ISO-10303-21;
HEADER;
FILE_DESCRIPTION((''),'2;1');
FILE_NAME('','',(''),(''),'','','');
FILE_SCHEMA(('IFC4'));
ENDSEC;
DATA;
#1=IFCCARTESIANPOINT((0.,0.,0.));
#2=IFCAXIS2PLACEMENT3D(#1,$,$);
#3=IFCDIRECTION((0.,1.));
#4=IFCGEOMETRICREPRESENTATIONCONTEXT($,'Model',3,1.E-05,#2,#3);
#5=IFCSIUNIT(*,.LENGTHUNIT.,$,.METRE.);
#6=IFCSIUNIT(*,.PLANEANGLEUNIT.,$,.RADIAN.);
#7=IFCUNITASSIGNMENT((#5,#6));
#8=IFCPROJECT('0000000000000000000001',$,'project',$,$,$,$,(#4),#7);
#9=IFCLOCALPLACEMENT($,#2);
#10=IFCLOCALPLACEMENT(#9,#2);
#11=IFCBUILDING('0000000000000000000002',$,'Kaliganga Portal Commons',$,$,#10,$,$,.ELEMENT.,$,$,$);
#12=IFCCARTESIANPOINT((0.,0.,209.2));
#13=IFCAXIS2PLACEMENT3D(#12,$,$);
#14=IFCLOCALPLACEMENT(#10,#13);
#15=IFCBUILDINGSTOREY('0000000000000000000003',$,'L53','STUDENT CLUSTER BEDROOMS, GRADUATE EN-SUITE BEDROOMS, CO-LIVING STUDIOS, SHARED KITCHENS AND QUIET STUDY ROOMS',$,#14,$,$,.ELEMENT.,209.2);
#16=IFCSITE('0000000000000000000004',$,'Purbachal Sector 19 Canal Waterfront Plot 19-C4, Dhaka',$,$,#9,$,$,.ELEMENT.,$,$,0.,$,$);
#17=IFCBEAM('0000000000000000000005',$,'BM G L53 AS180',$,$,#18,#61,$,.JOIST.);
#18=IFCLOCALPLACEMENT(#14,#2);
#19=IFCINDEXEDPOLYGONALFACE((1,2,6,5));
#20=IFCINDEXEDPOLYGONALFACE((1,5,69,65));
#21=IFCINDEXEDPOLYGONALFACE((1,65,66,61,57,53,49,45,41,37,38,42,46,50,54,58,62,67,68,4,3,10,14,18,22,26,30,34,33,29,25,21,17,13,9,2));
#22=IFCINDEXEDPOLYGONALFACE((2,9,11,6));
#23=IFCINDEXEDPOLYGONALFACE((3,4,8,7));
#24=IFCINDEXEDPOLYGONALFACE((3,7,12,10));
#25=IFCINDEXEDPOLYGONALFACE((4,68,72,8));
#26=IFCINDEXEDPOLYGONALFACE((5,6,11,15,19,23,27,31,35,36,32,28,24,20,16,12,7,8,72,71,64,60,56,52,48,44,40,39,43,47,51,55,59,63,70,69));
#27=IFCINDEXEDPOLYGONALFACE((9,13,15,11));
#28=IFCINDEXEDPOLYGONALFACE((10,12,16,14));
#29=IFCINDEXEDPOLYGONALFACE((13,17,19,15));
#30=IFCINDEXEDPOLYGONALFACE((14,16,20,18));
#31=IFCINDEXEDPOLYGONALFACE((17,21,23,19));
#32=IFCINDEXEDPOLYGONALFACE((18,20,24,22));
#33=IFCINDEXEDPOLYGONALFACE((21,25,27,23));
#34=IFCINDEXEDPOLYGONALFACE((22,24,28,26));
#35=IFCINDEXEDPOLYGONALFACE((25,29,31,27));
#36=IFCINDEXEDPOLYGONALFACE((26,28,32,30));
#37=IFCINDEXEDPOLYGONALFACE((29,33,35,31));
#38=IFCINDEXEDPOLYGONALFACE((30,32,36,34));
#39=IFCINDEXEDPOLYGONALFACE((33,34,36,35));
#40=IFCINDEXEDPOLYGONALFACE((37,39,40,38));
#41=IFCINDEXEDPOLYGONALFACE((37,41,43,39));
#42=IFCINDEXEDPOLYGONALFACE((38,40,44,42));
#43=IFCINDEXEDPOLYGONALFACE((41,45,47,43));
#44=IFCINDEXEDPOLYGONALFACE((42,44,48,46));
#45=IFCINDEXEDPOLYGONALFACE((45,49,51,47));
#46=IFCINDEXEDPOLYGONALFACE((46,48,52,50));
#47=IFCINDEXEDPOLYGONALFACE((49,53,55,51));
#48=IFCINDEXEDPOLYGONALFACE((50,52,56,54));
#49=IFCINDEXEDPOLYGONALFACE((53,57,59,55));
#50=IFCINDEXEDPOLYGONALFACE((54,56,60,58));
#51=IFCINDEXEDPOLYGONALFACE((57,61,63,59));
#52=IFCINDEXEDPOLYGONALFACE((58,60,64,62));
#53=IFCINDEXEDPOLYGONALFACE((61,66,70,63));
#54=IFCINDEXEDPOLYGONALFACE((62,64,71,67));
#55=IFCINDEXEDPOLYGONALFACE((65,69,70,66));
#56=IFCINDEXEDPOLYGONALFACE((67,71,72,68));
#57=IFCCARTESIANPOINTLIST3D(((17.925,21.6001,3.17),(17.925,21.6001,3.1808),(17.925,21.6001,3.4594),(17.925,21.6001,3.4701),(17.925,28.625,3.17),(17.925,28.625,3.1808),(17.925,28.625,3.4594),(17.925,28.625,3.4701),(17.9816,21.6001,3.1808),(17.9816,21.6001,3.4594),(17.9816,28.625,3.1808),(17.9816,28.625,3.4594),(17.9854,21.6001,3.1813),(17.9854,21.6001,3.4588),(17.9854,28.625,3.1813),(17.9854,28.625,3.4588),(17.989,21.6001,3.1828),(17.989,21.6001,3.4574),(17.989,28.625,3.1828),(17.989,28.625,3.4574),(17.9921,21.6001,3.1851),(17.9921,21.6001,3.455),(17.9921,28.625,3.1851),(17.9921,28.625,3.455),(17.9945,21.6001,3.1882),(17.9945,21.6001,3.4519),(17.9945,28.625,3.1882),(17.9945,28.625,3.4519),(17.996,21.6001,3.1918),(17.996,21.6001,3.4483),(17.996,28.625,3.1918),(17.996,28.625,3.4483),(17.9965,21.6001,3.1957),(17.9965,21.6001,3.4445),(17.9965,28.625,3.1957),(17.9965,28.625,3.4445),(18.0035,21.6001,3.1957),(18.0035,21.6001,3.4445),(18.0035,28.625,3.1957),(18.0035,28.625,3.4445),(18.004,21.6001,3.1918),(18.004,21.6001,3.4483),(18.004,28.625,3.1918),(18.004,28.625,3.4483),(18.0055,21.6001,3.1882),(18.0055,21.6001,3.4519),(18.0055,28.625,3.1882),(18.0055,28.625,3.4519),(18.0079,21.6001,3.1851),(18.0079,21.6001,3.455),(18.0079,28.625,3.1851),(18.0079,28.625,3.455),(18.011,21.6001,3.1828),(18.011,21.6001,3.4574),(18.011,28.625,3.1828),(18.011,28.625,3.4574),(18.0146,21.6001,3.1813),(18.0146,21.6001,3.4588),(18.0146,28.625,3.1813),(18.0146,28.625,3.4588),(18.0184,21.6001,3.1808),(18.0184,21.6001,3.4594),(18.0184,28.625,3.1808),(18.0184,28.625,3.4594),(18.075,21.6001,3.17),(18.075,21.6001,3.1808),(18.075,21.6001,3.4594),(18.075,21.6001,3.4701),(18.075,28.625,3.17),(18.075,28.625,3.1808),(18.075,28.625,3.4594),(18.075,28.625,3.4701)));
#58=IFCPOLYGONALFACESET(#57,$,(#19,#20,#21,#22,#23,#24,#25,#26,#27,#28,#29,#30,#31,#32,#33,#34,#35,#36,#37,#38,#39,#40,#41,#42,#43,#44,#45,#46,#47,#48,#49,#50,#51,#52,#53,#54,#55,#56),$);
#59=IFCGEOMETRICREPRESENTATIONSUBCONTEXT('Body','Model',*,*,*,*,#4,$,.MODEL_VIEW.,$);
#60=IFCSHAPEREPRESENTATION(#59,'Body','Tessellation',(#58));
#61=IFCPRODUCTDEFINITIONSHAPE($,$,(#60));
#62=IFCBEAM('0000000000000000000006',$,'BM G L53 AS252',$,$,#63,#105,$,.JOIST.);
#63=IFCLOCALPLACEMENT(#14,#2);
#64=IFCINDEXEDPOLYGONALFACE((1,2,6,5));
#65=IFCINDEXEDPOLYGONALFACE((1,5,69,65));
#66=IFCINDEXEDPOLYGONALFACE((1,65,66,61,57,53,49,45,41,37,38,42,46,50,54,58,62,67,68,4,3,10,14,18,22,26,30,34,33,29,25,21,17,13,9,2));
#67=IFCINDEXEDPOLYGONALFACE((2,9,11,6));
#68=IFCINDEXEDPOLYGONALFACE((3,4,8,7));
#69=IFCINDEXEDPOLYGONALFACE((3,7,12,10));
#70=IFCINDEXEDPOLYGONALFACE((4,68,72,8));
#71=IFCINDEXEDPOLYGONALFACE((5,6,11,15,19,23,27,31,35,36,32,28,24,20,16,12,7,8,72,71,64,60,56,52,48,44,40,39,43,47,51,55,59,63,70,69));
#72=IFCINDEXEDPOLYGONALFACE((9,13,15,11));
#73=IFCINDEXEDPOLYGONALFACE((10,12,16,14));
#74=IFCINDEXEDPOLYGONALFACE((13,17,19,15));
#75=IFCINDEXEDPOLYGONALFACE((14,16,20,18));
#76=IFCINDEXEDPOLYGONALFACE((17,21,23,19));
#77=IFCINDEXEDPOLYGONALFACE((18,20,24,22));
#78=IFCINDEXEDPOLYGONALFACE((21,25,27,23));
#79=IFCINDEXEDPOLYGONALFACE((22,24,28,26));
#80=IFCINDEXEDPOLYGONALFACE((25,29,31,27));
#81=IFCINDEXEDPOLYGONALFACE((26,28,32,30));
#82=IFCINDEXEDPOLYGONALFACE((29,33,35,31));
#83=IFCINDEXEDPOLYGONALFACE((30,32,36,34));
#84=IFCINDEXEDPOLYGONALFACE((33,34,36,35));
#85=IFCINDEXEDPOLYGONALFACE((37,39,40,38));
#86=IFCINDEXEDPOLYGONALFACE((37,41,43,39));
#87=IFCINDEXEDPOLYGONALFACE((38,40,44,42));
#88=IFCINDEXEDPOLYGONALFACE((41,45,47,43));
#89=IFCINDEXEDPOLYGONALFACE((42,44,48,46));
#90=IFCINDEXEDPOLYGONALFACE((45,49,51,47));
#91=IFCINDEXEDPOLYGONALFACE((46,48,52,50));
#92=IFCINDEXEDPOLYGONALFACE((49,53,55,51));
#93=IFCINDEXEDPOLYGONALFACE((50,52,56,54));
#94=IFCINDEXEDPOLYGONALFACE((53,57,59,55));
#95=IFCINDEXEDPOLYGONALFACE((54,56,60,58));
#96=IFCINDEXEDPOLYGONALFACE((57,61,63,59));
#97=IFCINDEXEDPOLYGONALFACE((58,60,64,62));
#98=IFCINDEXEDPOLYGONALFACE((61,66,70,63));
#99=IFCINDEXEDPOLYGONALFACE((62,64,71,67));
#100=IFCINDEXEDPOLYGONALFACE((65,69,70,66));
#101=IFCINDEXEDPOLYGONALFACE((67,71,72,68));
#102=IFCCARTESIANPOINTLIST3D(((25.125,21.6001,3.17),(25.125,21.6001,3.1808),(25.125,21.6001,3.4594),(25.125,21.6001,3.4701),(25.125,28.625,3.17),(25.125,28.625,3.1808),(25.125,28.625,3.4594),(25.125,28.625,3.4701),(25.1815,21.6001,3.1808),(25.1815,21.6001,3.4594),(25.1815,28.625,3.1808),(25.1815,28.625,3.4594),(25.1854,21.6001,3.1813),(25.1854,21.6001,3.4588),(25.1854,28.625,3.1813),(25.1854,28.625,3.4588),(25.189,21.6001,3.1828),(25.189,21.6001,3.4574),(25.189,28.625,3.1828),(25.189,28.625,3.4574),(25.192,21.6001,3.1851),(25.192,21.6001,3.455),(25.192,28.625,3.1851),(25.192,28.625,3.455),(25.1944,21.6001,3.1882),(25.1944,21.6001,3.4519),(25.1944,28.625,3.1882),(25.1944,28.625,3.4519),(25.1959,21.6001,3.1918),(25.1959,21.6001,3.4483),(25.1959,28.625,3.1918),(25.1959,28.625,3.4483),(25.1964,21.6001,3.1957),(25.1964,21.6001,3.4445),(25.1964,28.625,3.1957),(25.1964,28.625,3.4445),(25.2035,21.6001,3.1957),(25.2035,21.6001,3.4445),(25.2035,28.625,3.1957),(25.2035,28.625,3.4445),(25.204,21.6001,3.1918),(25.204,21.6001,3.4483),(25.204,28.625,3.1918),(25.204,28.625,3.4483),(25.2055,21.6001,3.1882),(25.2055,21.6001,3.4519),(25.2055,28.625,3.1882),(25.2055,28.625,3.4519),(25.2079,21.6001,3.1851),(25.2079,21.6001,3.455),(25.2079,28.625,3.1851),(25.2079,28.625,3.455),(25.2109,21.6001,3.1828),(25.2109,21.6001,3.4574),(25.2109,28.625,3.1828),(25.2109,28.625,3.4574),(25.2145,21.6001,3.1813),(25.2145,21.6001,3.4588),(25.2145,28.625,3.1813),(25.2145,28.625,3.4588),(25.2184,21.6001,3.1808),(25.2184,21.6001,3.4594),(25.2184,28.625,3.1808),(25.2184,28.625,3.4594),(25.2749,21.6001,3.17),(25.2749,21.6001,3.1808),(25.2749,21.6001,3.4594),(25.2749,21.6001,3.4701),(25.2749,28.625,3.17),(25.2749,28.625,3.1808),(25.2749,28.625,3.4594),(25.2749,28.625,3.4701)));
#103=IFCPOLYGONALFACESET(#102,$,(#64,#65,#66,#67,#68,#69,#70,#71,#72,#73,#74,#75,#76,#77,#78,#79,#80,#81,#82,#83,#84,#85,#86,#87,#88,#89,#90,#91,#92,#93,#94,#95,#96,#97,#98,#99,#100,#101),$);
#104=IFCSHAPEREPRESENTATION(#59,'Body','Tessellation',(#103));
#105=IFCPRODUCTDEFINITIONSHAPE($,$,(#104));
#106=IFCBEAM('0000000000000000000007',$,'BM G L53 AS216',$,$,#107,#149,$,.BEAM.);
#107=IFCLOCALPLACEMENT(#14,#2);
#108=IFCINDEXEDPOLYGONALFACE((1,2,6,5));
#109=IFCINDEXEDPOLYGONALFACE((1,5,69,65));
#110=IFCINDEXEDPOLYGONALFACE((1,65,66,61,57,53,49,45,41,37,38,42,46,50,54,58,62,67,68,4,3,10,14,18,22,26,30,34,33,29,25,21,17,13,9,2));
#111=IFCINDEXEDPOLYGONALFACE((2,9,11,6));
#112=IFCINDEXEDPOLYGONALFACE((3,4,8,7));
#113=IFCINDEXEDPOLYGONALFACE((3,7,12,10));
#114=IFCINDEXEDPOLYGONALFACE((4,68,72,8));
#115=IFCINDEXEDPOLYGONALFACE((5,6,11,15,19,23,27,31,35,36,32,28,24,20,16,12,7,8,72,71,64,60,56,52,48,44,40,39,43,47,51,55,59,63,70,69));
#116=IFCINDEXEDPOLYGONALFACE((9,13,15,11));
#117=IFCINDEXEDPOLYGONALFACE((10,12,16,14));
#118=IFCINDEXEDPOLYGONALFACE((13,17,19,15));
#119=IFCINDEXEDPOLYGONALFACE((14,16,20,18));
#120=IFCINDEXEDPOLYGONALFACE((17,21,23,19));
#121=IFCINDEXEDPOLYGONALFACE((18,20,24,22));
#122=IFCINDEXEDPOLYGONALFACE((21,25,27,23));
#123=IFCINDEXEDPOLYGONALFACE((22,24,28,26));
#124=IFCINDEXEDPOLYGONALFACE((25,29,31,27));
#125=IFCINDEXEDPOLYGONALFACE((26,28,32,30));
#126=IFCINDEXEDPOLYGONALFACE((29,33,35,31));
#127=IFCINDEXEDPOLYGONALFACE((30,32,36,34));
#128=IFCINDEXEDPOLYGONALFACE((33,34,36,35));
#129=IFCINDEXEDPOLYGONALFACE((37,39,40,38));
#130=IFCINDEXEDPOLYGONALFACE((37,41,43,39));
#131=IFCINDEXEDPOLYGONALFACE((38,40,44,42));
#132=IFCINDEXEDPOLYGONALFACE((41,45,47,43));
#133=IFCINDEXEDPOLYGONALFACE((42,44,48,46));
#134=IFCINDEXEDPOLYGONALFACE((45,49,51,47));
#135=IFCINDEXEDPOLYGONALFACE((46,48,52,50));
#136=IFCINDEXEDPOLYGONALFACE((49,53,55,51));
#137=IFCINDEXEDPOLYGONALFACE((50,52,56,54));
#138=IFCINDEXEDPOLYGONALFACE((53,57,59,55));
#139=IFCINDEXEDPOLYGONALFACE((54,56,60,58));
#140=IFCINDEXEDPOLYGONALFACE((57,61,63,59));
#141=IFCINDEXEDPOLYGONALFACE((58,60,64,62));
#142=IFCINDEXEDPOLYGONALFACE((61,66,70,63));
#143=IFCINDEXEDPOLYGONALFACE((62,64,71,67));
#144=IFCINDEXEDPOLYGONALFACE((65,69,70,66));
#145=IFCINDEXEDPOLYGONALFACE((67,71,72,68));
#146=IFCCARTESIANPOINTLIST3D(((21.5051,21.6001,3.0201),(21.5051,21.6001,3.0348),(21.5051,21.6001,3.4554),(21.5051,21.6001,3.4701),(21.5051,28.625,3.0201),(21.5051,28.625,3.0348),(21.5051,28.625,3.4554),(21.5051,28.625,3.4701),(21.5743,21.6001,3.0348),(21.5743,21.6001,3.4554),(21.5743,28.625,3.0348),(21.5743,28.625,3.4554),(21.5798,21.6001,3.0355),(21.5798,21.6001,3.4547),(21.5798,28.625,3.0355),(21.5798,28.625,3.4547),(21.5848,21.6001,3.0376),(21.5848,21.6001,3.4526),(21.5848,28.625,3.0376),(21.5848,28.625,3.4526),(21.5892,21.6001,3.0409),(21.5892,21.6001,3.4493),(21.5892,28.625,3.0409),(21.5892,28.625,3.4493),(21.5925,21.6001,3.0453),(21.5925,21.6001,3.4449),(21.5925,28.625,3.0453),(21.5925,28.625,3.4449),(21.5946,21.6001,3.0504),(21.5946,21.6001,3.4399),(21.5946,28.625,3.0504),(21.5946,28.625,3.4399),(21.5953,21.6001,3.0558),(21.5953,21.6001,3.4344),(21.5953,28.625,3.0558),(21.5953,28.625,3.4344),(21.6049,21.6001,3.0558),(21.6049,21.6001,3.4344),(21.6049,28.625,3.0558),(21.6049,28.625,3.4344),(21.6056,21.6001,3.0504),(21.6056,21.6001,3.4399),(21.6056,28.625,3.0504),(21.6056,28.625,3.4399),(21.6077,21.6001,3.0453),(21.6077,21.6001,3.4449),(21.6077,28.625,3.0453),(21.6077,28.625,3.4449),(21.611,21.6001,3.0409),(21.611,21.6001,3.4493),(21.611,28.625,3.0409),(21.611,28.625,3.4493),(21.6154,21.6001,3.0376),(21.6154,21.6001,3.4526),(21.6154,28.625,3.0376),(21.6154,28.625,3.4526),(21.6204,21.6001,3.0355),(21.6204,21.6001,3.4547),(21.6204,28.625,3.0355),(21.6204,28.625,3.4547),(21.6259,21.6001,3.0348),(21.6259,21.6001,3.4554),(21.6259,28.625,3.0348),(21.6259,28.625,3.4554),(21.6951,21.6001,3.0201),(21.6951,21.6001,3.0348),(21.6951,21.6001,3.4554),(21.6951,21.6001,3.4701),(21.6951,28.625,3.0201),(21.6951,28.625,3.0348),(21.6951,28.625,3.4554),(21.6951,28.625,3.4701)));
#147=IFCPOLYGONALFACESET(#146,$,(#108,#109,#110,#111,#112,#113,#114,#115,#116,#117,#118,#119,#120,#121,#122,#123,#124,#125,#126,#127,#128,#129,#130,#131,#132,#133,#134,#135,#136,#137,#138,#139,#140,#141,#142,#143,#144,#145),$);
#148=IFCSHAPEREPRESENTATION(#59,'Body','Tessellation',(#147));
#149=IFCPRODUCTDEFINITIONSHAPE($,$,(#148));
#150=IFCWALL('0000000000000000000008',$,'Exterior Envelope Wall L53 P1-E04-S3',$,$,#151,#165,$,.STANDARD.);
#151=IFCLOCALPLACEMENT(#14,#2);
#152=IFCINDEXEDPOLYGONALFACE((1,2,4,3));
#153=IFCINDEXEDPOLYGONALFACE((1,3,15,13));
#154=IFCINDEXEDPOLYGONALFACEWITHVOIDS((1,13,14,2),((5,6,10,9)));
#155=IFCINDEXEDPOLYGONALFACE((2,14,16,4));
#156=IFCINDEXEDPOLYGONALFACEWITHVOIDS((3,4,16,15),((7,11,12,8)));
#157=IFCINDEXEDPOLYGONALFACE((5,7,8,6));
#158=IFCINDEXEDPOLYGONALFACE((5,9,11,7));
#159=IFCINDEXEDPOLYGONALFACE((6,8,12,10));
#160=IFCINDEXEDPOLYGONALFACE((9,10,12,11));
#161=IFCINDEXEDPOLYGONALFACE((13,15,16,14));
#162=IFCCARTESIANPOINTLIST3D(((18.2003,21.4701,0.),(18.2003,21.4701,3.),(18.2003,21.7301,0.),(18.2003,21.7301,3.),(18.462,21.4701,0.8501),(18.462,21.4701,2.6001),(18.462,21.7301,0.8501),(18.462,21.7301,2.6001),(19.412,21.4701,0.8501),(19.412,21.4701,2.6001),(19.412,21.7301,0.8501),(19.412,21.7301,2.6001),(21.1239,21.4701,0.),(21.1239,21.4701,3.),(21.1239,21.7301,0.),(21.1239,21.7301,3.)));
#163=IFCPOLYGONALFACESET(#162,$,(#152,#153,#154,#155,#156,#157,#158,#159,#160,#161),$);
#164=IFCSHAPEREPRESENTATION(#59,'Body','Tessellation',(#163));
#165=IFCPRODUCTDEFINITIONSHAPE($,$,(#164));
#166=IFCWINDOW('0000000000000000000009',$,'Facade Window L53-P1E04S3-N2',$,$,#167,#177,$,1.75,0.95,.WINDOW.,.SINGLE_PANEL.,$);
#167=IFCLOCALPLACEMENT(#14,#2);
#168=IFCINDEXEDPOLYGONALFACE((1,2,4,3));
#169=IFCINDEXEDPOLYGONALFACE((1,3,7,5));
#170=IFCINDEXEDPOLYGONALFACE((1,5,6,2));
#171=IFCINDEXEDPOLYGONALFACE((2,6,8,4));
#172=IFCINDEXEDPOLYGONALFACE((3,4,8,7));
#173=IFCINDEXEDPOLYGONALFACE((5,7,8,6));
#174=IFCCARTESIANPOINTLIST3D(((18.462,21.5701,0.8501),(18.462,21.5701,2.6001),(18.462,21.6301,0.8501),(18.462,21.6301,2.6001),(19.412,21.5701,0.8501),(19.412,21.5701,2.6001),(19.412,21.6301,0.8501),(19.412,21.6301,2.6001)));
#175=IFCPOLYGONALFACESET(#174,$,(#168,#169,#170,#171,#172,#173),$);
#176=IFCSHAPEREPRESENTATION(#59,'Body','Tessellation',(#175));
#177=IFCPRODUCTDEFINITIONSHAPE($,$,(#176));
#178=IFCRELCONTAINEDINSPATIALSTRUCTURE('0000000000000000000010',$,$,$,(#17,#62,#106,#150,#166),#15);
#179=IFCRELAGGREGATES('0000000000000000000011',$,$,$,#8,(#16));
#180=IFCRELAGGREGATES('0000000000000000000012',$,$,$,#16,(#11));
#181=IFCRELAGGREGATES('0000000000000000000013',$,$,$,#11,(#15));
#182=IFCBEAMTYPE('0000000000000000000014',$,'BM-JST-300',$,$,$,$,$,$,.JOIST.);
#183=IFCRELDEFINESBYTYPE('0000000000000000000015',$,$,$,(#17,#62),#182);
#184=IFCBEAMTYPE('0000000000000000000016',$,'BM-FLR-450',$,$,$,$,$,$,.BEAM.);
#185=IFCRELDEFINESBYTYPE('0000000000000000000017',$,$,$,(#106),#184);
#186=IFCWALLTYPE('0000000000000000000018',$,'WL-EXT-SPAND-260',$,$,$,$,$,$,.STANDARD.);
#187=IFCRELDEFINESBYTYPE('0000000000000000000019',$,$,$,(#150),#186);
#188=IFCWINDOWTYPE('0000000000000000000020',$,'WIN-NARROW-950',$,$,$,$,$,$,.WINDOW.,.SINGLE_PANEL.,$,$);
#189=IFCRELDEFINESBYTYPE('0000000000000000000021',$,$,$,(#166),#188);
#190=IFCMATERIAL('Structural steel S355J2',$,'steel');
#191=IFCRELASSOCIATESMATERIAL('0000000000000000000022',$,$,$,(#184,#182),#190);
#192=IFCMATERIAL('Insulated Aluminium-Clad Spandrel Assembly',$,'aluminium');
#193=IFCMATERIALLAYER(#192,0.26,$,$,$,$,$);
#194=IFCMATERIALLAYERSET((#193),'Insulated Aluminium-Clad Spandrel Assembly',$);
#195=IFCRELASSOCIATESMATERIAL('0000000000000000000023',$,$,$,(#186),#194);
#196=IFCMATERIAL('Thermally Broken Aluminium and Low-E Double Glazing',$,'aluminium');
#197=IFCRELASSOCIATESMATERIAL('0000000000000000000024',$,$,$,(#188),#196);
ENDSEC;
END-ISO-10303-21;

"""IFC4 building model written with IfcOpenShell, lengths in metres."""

from ifc_helpers import new_model, si_unit, direction, frame, frame_2d, origin, origin_2d, place, context, subcontext, project, spatial, rectangle, i_section, extrude, source, transform, mapped, material, layer, layer_set, material_profile, profile_set, type_object, element, fill, save


model = new_model("IFC4")

# Units and contexts
model_context = context("Model", 3, precision=1e-05, world=origin(), true_north=direction((0.0, 1.0)))
body_context = subcontext(model_context, "Body", "Model", "MODEL_VIEW")
ifc_project = project(units=[si_unit("LENGTHUNIT", "METRE"), si_unit("PLANEANGLEUNIT", "RADIAN")], contexts=[model_context])

# Site, building, storey
site_placement = place(None, origin())
site = spatial("IfcSite", under=ifc_project, at=site_placement, Name="Purbachal Sector 19 Canal Waterfront Plot 19-C4, Dhaka", CompositionType="ELEMENT", RefElevation=0.0)
building_placement = place(site_placement, origin())
building = spatial("IfcBuilding", under=site, at=building_placement, Name="Kaliganga Portal Commons", CompositionType="ELEMENT")
storey_placement = place(building_placement, frame((0.0, 0.0, 209.2)))
storey = spatial("IfcBuildingStorey", under=building, at=storey_placement, Name="L53", Description="STUDENT CLUSTER BEDROOMS, GRADUATE EN-SUITE BEDROOMS, CO-LIVING STUDIOS, SHARED KITCHENS AND QUIET STUDY ROOMS", CompositionType="ELEMENT", Elevation=209.2)

# Shared definitions
ifc_material_1 = material(Name="Structural steel S355J2", Category="steel")

# Beams
ifc_material_profile_1 = material_profile(ifc_material_1, i_section(OverallWidth=0.1899, OverallDepth=0.45, WebThickness=0.0095, FlangeThickness=0.0146, FilletRadius=0.021, at=origin_2d()), Name="IPE 450")
ifc_profile_set_1 = profile_set([ifc_material_profile_1], Name="Structural steel S355J2 wide-flange")
beam_type_1 = type_object("IfcBeamType", Name="BM-FLR-450", PredefinedType="BEAM", material=ifc_profile_set_1)
ifc_material_profile_2 = material_profile(ifc_material_1, i_section(OverallWidth=0.1499, OverallDepth=0.3, WebThickness=0.0071, FlangeThickness=0.0107, FilletRadius=0.0149, at=origin_2d()), Name="IPE 300")
ifc_profile_set_2 = profile_set([ifc_material_profile_2], Name="Structural steel S355J2 wide-flange")
beam_type_2 = type_object("IfcBeamType", Name="BM-JST-300", PredefinedType="JOIST", material=ifc_profile_set_2)
shared_shape_1 = source(origin(), body_context, "Body", "SweptSolid", [
    extrude(i_section(OverallWidth=0.1499, OverallDepth=0.3, WebThickness=0.0071, FlangeThickness=0.0107, FilletRadius=0.0149, at=origin_2d()), origin(), (0.0, 0.0, 1.0), 7.0249),
])
for number, where, z_axis, x_axis, name in (
    (1, (18.0, 21.6001, 3.3201), (0.0, 1.0, 0.0), (-1.0, 0.0, 0.0), "BM G L53 AS180"),
    (2, (25.2, 21.6001, 3.3201), (0.0, 1.0, 0.0), (-1.0, 0.0, 0.0), "BM G L53 AS252"),
):
    element("IfcBeam", number, at=place(storey_placement, frame(where, z_axis=z_axis, x_axis=x_axis)), inside=storey, type_object=beam_type_2, Name=name, PredefinedType="JOIST", context=body_context, shape_type="MappedRepresentation", body=[
        mapped(shared_shape_1, transform((0.0, 0.0, 0.0), x_axis=(1.0, 0.0, 0.0), y_axis=(0.0, 1.0, 0.0), z_axis=(0.0, 0.0, 1.0), scale=1.0)),
    ])
shared_shape_2 = source(origin(), body_context, "Body", "SweptSolid", [
    extrude(i_section(OverallWidth=0.1899, OverallDepth=0.45, WebThickness=0.0095, FlangeThickness=0.0146, FilletRadius=0.021, at=origin_2d()), origin(), (0.0, 0.0, 1.0), 7.0249),
])
beam_1_placement = place(storey_placement, frame((21.6001, 21.6001, 3.2451), z_axis=(0.0, 1.0, 0.0), x_axis=(-1.0, 0.0, 0.0)))
element("IfcBeam", 3, at=beam_1_placement, inside=storey, type_object=beam_type_1, Name="BM G L53 AS216", PredefinedType="BEAM", context=body_context, shape_type="MappedRepresentation", body=[
    mapped(shared_shape_2, transform((0.0, 0.0, 0.0), x_axis=(1.0, 0.0, 0.0), y_axis=(0.0, 1.0, 0.0), z_axis=(0.0, 0.0, 1.0), scale=1.0)),
])

# Wall, opening, window
ifc_material_2 = material(Name="Insulated Aluminium-Clad Spandrel Assembly", Category="aluminium")
ifc_layer_1 = layer(ifc_material_2, 0.26)
ifc_layer_set_1 = layer_set([ifc_layer_1], Name="Insulated Aluminium-Clad Spandrel Assembly")
wall_type_1 = type_object("IfcWallType", Name="WL-EXT-SPAND-260", PredefinedType="STANDARD", material=ifc_layer_set_1)
wall_1_placement = place(storey_placement, frame((21.124, 21.6001, 0.0), z_axis=(0.0, 0.0, 1.0), x_axis=(-1.0, 0.0, 0.0)))
wall_1 = element("IfcWall", 4, at=wall_1_placement, inside=storey, type_object=wall_type_1, Name="Exterior Envelope Wall L53 P1-E04-S3", PredefinedType="STANDARD", context=body_context, shape_type="SweptSolid", body=[
    extrude(rectangle(XDim=2.9236, YDim=0.26, at=frame_2d((1.4619, 0.0))), origin(), (0.0, 0.0, 1.0), 3.0),
])
opening_1_placement = place(wall_1_placement, frame((1.7119, 0.0, 0.8501)))
opening_1 = element("IfcOpeningElement", 5, at=opening_1_placement, cuts=wall_1, PredefinedType="OPENING", context=body_context, shape_type="SweptSolid", body=[
    extrude(rectangle(XDim=0.95, YDim=1.75, at=frame_2d((0.4751, 0.875))), frame((0.0, 0.1401, 0.0), z_axis=(0.0, -1.0, 0.0), x_axis=(1.0, 0.0, 0.0)), (0.0, 0.0, 1.0), 0.28),
])
ifc_material_3 = material(Name="Thermally Broken Aluminium and Low-E Double Glazing", Category="aluminium")
window_type_1 = type_object("IfcWindowType", Name="WIN-NARROW-950", PartitioningType="SINGLE_PANEL", PredefinedType="WINDOW", material=ifc_material_3)
window_1_placement = place(opening_1_placement, origin())
window_1 = element("IfcWindow", 6, at=window_1_placement, inside=storey, type_object=window_type_1, Name="Facade Window L53-P1E04S3-N2", OverallHeight=1.75, OverallWidth=0.95, PartitioningType="SINGLE_PANEL", PredefinedType="WINDOW", context=body_context, shape_type="SweptSolid", body=[
    extrude(rectangle(XDim=0.95, YDim=1.75, at=frame_2d((0.4751, 0.875))), frame((0.0, 0.03, 0.0), z_axis=(0.0, -1.0, 0.0), x_axis=(1.0, 0.0, 0.0)), (0.0, 0.0, 1.0), 0.0601),
])
fill(opening_1, window_1)

save(model, "model.ifc")
